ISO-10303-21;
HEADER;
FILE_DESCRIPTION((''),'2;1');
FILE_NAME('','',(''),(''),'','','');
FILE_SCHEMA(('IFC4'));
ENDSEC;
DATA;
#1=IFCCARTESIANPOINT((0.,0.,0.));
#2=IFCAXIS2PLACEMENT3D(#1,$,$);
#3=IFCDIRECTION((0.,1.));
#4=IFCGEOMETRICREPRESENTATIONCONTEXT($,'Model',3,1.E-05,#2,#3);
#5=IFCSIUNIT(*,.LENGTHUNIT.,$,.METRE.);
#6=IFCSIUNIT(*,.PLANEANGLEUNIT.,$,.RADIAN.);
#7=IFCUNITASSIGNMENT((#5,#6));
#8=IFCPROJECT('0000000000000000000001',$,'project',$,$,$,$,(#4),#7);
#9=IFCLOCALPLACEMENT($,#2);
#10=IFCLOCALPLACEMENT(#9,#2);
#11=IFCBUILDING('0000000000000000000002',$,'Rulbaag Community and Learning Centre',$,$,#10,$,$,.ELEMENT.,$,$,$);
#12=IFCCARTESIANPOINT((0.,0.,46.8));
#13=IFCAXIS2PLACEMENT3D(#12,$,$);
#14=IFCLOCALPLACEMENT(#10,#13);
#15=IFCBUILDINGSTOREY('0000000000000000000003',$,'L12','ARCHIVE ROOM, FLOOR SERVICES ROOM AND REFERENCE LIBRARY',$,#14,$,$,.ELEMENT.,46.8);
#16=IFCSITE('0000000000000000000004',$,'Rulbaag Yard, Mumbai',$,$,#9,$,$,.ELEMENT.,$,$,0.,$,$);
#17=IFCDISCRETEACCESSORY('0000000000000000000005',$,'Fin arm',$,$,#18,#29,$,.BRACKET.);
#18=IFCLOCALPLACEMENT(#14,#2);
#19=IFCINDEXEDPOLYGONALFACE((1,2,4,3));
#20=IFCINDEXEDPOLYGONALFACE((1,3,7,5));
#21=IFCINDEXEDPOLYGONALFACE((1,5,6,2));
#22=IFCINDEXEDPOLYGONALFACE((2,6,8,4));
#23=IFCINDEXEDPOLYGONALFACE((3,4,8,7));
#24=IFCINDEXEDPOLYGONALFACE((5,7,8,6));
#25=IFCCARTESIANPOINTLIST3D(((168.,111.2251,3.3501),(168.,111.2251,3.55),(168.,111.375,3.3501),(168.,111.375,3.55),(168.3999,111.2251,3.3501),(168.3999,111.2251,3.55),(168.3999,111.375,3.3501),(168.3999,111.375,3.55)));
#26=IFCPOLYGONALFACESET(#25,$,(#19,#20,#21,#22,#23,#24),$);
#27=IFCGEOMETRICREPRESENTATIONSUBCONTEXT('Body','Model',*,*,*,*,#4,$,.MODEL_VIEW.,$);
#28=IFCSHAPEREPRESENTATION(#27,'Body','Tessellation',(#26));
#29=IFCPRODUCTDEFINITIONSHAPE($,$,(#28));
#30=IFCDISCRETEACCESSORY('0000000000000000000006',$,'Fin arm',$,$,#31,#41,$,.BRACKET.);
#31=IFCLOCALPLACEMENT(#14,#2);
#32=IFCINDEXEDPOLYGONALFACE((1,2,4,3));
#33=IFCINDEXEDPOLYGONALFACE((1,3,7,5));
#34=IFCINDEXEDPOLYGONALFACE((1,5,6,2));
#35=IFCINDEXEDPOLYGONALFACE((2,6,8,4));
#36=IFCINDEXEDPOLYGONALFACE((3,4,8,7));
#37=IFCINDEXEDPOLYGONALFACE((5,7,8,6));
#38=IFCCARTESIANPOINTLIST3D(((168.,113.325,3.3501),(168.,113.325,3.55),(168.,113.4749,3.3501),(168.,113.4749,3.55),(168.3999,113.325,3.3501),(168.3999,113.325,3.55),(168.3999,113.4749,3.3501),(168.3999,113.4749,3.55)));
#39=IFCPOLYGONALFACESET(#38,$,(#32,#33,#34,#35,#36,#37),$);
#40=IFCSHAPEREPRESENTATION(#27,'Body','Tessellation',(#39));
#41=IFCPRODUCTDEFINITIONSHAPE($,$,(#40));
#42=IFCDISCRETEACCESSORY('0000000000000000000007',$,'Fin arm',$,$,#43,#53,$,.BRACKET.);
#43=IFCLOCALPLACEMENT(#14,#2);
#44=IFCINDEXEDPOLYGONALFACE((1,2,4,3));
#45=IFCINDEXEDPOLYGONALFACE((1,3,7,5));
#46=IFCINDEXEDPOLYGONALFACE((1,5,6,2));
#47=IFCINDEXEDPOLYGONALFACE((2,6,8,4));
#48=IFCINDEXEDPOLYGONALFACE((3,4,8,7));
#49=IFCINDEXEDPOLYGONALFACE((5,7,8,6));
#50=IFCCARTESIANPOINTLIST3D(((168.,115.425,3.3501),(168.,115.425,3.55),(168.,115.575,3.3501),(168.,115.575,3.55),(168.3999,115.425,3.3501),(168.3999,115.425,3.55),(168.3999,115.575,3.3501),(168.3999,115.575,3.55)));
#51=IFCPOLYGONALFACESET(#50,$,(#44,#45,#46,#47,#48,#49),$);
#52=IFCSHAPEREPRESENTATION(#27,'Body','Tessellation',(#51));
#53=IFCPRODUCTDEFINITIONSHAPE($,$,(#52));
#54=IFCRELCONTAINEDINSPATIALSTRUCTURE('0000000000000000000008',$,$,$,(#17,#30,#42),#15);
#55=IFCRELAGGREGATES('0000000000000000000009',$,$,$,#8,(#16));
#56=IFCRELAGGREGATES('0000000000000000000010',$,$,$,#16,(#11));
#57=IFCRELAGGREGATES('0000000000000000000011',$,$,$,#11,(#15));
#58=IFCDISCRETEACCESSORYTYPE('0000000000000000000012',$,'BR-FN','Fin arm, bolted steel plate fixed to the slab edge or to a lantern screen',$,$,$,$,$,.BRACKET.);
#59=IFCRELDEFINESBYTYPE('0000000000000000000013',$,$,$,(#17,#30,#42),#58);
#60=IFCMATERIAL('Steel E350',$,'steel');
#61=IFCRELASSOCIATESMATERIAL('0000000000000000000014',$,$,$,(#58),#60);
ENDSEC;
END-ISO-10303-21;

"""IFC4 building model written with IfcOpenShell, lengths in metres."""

from ifc_helpers import new_model, si_unit, direction, frame, origin, origin_2d, place, context, subcontext, project, spatial, rectangle, extrude, material, type_object, element, save


model = new_model("IFC4")

# Units and contexts
model_context = context("Model", 3, precision=1e-05, world=origin(), true_north=direction((0.0, 1.0)))
body_context = subcontext(model_context, "Body", "Model", "MODEL_VIEW")
ifc_project = project(units=[si_unit("LENGTHUNIT", "METRE"), si_unit("PLANEANGLEUNIT", "RADIAN")], contexts=[model_context])

# Site, building, storey
site_placement = place(None, origin())
site = spatial("IfcSite", under=ifc_project, at=site_placement, Name="Rulbaag Yard, Mumbai", CompositionType="ELEMENT", RefElevation=0.0)
building_placement = place(site_placement, origin())
building = spatial("IfcBuilding", under=site, at=building_placement, Name="Rulbaag Community and Learning Centre", CompositionType="ELEMENT")
storey_placement = place(building_placement, frame((0.0, 0.0, 46.8)))
storey = spatial("IfcBuildingStorey", under=building, at=storey_placement, Name="L12", Description="ARCHIVE ROOM, FLOOR SERVICES ROOM AND REFERENCE LIBRARY", CompositionType="ELEMENT", Elevation=46.8)

# Discrete accessories
ifc_material_1 = material(Name="Steel E350", Category="steel")
discrete_accessory_type = type_object("IfcDiscreteAccessoryType", Name="BR-FN", Description="Fin arm, bolted steel plate fixed to the slab edge or to a lantern screen", PredefinedType="BRACKET", material=ifc_material_1)
for number, where, z_axis, x_axis, name in (
    (1, (168.2, 111.3, 3.3501), (0.0, 0.0, 1.0), (1.0, 0.0, 0.0), "Fin arm"),
    (2, (168.2, 113.3999, 3.3501), (0.0, 0.0, 1.0), (1.0, 0.0, 0.0), "Fin arm"),
    (3, (168.2, 115.5, 3.3501), (0.0, 0.0, 1.0), (1.0, 0.0, 0.0), "Fin arm"),
):
    element("IfcDiscreteAccessory", number, at=place(storey_placement, frame(where, z_axis=z_axis, x_axis=x_axis)), inside=storey, type_object=discrete_accessory_type, Name=name, PredefinedType="BRACKET", context=body_context, shape_type="SweptSolid", body=[
        extrude(rectangle(XDim=0.3999, YDim=0.1499, at=origin_2d()), origin(), (0.0, 0.0, 1.0), 0.2),
    ])

save(model, "model.ifc")
